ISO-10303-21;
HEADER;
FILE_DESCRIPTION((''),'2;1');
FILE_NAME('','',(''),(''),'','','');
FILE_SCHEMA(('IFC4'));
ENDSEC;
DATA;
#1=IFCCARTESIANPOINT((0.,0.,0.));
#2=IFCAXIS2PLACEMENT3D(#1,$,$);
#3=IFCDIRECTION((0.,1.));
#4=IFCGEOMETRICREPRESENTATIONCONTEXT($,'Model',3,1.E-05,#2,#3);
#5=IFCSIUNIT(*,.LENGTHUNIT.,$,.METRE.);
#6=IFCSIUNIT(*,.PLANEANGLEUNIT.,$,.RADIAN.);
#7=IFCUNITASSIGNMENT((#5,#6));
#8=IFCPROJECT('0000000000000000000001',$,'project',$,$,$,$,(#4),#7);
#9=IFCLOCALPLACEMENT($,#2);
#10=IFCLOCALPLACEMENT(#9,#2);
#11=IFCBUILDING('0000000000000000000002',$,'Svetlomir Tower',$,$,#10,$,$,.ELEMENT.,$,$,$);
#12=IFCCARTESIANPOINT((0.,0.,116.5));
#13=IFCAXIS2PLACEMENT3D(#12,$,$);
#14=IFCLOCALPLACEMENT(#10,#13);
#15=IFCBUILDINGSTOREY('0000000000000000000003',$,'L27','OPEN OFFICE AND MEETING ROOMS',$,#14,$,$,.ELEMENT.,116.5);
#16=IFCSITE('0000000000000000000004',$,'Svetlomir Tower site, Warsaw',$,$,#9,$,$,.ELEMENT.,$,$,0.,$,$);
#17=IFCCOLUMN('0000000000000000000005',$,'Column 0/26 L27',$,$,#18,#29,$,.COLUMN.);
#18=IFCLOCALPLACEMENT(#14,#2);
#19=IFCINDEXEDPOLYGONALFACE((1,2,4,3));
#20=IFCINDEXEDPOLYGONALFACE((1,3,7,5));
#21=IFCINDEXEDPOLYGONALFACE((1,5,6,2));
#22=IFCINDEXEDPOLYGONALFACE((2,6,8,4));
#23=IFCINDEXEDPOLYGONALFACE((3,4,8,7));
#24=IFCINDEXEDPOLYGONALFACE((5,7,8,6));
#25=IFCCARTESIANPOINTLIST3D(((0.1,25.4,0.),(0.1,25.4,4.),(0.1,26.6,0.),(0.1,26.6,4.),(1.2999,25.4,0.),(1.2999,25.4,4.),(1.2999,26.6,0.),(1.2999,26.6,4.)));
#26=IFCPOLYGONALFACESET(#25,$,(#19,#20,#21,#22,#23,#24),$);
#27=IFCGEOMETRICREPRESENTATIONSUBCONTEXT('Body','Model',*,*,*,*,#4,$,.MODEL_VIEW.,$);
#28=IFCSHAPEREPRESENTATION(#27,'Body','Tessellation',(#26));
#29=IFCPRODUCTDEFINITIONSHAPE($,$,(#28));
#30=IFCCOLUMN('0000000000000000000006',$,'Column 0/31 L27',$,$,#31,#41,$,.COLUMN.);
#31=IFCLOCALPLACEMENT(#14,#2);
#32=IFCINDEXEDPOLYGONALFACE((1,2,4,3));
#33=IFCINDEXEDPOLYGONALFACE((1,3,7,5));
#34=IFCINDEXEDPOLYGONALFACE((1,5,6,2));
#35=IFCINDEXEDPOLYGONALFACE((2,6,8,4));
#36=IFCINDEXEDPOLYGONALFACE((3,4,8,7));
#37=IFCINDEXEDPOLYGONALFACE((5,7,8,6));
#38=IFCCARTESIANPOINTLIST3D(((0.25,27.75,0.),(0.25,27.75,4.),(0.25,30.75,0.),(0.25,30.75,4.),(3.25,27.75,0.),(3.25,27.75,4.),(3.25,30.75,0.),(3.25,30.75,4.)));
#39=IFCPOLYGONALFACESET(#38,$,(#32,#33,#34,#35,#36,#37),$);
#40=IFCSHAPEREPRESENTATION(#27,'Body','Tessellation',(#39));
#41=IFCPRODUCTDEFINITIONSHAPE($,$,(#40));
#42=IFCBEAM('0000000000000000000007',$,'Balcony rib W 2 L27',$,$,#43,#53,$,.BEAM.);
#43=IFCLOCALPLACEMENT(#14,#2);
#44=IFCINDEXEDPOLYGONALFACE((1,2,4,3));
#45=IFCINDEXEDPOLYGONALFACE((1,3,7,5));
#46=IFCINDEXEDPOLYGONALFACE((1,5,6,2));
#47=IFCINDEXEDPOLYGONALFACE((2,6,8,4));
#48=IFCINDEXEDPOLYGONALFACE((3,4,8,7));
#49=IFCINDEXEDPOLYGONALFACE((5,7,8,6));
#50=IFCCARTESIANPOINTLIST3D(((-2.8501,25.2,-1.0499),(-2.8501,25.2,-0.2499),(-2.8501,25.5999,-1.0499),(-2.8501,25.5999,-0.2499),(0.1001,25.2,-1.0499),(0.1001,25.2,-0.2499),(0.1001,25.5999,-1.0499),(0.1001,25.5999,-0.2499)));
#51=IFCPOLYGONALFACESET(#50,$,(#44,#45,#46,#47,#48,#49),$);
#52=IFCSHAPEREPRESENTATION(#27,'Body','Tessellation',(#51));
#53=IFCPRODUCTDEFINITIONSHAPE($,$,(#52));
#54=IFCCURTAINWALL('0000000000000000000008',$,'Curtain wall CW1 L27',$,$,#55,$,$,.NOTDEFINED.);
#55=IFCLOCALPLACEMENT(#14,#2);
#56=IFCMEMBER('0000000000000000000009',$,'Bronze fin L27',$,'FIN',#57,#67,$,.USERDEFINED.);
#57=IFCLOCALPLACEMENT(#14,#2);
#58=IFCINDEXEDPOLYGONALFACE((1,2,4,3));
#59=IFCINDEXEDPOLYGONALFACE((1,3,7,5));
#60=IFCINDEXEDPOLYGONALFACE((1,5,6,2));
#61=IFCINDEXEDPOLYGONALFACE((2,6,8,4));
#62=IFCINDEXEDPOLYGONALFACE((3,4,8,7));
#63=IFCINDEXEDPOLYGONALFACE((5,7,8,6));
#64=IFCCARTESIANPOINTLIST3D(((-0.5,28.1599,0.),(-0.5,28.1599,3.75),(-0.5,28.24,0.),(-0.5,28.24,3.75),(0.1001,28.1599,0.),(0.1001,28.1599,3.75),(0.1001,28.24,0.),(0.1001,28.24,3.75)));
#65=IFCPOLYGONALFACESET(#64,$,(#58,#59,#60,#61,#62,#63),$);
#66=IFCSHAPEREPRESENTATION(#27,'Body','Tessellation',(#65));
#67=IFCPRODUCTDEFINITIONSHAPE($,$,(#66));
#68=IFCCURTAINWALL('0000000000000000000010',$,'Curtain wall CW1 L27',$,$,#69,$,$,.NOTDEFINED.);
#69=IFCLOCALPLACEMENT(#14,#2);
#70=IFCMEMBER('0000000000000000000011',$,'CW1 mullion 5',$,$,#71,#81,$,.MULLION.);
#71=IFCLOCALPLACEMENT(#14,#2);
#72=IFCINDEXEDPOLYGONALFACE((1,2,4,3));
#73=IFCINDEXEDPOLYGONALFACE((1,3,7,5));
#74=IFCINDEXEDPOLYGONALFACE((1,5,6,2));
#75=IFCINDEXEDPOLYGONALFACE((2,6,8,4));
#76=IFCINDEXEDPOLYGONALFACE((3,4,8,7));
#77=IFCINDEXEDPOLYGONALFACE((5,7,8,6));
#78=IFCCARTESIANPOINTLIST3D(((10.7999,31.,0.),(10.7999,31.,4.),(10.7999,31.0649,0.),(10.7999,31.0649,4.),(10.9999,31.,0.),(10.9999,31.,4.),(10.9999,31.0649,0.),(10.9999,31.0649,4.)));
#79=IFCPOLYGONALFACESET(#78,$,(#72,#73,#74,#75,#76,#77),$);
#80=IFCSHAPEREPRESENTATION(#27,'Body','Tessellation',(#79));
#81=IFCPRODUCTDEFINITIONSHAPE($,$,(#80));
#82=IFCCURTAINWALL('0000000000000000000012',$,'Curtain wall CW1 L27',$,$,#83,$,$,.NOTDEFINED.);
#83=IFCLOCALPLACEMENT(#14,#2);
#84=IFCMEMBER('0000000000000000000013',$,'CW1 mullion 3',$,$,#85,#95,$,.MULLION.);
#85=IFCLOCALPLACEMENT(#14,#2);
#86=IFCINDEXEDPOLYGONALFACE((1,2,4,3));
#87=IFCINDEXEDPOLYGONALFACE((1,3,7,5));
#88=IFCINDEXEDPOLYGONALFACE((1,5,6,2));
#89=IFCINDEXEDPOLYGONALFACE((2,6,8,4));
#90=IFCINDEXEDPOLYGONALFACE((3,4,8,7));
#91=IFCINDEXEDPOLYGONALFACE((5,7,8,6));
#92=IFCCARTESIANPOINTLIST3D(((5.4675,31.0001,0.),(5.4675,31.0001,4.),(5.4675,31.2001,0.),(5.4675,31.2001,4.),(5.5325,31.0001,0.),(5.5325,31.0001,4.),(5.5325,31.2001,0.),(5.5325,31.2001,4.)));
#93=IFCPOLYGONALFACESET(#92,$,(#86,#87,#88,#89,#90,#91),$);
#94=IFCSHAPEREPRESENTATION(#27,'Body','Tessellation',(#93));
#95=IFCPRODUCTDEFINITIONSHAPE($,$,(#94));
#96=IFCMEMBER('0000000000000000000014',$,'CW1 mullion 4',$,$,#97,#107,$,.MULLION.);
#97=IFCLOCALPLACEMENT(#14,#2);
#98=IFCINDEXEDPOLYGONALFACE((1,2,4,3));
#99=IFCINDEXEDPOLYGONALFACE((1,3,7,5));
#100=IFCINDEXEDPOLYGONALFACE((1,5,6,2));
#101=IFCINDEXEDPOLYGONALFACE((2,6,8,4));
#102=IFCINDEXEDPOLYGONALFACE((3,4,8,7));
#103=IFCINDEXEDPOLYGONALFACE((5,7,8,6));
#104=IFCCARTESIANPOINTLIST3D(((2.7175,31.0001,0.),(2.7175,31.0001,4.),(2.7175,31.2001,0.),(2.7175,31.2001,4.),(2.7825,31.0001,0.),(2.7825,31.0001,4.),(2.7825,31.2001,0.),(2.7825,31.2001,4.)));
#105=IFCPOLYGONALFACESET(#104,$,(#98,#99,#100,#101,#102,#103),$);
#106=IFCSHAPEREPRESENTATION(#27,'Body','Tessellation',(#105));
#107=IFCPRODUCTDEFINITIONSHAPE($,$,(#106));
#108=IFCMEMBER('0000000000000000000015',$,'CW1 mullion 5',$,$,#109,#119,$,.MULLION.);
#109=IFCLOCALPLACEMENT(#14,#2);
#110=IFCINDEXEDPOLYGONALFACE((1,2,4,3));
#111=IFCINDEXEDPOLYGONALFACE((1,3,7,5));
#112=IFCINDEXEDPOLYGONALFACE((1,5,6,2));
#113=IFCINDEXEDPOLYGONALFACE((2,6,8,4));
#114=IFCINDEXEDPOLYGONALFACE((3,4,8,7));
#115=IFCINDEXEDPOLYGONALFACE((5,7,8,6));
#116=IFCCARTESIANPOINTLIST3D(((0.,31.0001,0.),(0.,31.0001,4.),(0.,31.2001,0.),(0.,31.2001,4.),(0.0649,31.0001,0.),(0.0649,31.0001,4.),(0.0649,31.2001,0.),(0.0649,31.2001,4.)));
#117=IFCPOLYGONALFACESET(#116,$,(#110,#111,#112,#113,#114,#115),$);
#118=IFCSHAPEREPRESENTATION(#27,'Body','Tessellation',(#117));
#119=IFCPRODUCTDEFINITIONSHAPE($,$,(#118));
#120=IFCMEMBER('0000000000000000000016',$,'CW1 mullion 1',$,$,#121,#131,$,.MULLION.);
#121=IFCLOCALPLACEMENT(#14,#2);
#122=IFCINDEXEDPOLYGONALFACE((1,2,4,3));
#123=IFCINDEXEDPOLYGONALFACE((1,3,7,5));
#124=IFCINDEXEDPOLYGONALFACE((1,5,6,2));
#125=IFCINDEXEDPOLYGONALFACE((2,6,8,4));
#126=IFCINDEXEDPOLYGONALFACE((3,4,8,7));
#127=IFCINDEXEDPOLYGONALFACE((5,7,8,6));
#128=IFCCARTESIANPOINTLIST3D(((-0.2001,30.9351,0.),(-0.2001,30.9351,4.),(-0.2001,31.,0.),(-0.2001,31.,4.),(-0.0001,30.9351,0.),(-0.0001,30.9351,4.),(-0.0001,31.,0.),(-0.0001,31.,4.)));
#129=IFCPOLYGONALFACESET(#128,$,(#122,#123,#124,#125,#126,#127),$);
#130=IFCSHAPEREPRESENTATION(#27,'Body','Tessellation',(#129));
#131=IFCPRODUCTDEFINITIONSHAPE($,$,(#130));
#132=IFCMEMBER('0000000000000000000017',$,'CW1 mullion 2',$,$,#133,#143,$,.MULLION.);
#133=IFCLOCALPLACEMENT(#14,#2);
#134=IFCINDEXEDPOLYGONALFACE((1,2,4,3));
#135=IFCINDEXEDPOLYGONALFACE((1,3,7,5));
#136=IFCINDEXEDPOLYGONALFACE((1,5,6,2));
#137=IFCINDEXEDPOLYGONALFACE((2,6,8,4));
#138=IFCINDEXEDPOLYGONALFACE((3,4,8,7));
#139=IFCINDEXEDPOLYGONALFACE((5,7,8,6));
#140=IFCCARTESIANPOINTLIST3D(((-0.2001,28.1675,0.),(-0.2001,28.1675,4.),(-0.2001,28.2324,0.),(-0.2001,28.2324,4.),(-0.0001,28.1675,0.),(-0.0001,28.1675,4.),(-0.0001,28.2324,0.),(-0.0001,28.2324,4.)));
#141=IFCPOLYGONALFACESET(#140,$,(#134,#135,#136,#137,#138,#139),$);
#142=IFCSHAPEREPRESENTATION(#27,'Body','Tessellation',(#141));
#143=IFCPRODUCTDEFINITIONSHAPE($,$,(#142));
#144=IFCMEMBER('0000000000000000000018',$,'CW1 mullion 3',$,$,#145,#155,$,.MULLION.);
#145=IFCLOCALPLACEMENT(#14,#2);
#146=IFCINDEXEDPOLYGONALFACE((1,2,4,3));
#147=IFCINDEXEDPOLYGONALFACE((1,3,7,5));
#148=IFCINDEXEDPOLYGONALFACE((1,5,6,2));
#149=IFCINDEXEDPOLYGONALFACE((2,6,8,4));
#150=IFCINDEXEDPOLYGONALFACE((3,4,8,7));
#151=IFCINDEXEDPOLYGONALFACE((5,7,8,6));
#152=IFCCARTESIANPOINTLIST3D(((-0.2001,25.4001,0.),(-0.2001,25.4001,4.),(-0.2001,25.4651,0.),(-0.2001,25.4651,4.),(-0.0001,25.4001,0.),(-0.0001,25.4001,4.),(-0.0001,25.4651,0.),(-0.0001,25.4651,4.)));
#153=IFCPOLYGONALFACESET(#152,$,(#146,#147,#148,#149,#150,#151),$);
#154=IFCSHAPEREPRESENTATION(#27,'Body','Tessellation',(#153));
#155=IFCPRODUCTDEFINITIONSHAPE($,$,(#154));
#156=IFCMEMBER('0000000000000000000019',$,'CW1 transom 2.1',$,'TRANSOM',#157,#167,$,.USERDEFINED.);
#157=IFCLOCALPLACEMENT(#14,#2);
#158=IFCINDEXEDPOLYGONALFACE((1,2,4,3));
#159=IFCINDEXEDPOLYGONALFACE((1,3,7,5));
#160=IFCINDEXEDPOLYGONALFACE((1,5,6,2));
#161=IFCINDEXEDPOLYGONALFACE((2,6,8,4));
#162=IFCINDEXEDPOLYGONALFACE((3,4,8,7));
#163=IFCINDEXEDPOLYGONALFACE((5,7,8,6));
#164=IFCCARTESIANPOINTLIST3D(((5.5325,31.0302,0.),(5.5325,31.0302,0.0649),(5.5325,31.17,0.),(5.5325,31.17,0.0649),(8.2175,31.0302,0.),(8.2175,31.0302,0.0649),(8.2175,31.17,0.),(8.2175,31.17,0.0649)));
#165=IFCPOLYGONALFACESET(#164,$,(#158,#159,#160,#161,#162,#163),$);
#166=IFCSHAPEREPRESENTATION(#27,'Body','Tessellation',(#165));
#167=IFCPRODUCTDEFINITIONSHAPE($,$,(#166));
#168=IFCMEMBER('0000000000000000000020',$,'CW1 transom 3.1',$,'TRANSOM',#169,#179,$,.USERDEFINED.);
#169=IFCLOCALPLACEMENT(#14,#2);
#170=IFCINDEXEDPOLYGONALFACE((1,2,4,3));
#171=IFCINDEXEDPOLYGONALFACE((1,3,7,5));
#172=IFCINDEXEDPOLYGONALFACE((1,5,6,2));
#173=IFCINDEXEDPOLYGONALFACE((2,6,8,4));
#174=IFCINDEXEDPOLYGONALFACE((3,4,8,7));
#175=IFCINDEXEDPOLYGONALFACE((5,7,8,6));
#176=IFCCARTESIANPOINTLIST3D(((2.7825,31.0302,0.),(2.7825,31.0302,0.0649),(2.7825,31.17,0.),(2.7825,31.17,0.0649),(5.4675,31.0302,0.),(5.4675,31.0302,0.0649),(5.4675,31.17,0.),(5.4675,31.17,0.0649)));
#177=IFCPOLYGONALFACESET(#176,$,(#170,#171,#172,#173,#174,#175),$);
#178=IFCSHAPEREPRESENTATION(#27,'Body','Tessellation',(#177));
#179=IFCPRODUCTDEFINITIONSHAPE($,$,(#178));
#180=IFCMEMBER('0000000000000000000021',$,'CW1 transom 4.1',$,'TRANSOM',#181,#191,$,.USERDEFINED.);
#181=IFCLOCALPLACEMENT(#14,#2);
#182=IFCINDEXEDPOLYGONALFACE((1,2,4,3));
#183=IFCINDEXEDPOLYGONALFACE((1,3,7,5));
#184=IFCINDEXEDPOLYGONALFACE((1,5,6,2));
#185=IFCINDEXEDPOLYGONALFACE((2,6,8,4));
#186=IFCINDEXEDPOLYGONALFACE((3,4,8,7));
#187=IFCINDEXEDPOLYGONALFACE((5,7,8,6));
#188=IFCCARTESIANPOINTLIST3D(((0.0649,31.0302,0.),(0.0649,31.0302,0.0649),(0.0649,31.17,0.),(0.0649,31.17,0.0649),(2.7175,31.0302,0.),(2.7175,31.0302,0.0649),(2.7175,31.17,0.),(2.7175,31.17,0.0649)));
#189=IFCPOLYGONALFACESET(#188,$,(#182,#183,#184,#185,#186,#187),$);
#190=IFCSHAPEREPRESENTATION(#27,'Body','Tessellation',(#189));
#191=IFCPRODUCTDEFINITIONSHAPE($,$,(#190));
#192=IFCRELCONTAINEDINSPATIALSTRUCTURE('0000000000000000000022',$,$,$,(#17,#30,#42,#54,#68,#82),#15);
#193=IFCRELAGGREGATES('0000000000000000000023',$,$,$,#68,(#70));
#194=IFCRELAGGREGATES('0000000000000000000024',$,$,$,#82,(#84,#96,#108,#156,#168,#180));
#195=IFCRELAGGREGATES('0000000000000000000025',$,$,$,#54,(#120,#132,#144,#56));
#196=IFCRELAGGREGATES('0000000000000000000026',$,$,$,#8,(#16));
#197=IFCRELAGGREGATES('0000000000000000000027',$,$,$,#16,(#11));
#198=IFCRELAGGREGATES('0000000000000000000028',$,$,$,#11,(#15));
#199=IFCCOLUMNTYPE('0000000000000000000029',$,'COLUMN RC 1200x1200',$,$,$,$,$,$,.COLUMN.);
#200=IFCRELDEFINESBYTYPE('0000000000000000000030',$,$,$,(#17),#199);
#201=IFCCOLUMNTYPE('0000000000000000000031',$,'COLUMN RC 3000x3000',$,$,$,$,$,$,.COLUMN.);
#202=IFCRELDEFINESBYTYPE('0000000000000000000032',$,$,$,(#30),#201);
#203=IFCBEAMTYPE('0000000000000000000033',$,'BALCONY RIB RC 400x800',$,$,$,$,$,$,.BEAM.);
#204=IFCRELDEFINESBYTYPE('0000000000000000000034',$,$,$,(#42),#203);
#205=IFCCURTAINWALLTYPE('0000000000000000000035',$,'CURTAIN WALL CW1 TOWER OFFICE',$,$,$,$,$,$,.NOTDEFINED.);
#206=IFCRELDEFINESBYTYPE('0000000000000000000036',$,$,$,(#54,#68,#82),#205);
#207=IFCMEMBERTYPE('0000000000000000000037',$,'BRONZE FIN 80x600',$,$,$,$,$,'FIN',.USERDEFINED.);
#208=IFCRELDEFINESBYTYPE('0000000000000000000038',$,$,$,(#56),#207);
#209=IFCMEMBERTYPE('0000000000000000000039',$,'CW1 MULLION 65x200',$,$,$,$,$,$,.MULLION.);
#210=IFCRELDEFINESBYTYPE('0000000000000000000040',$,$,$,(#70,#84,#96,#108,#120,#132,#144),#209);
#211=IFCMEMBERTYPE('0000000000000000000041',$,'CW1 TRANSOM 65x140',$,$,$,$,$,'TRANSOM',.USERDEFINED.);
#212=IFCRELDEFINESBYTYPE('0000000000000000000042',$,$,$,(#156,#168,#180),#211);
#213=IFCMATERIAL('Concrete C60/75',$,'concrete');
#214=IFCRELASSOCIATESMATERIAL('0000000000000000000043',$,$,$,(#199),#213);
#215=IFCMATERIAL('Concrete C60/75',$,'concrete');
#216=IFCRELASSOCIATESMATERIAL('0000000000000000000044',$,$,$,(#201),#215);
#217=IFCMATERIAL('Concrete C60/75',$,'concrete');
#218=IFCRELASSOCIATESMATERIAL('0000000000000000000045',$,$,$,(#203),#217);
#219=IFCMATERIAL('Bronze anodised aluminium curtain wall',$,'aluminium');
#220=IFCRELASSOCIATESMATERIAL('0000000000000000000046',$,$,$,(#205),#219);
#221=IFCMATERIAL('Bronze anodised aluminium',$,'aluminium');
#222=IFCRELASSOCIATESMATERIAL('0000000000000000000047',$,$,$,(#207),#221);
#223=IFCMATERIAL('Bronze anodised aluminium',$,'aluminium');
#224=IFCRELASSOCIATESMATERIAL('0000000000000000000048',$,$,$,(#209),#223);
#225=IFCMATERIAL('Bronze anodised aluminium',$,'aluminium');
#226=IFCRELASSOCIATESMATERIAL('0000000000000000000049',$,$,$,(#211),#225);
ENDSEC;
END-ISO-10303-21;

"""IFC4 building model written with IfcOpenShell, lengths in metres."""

from ifc_helpers import new_model, si_unit, direction, frame, origin, origin_2d, place, context, subcontext, project, spatial, rectangle, extrude, material, material_profile, profile_set, type_object, element, aggregate, save


model = new_model("IFC4")

# Units and contexts
model_context = context("Model", 3, precision=1e-05, world=origin(), true_north=direction((0.0, 1.0)))
body_context = subcontext(model_context, "Body", "Model", "MODEL_VIEW")
ifc_project = project(units=[si_unit("LENGTHUNIT", "METRE"), si_unit("PLANEANGLEUNIT", "RADIAN")], contexts=[model_context])

# Site, building, storey
site_placement = place(None, origin())
site = spatial("IfcSite", under=ifc_project, at=site_placement, Name="Svetlomir Tower site, Warsaw", CompositionType="ELEMENT", RefElevation=0.0)
building_placement = place(site_placement, origin())
building = spatial("IfcBuilding", under=site, at=building_placement, Name="Svetlomir Tower", CompositionType="ELEMENT")
storey_placement = place(building_placement, frame((0.0, 0.0, 116.5)))
storey = spatial("IfcBuildingStorey", under=building, at=storey_placement, Name="L27", Description="OPEN OFFICE AND MEETING ROOMS", CompositionType="ELEMENT", Elevation=116.5)

# Columns
ifc_material_1 = material(Name="Concrete C60/75", Category="concrete")
ifc_material_profile_1 = material_profile(ifc_material_1, rectangle(XDim=1.2, YDim=1.2, at=origin_2d()), Name="RC 1200x1200")
ifc_profile_set_1 = profile_set([ifc_material_profile_1], Name="Concrete C60/75")
column_type_1 = type_object("IfcColumnType", Name="COLUMN RC 1200x1200", PredefinedType="COLUMN", material=ifc_profile_set_1)
column_1_placement = place(storey_placement, frame((0.7, 26.0, 0.0), z_axis=(0.0, 0.0, 1.0), x_axis=(1.0, 0.0, 0.0)))
element("IfcColumn", 1, at=column_1_placement, inside=storey, type_object=column_type_1, Name="Column 0/26 L27", PredefinedType="COLUMN", context=body_context, shape_type="SweptSolid", body=[
    extrude(rectangle(XDim=1.2, YDim=1.2, at=origin_2d()), origin(), (0.0, 0.0, 1.0), 4.0),
])
ifc_material_2 = material(Name="Concrete C60/75", Category="concrete")
ifc_material_profile_2 = material_profile(ifc_material_2, rectangle(XDim=3.0, YDim=3.0, at=origin_2d()), Name="RC 3000x3000")
ifc_profile_set_2 = profile_set([ifc_material_profile_2], Name="Concrete C60/75")
column_type_2 = type_object("IfcColumnType", Name="COLUMN RC 3000x3000", PredefinedType="COLUMN", material=ifc_profile_set_2)
column_2_placement = place(storey_placement, frame((1.75, 29.25, 0.0), z_axis=(0.0, 0.0, 1.0), x_axis=(1.0, 0.0, 0.0)))
element("IfcColumn", 2, at=column_2_placement, inside=storey, type_object=column_type_2, Name="Column 0/31 L27", PredefinedType="COLUMN", context=body_context, shape_type="SweptSolid", body=[
    extrude(rectangle(XDim=3.0, YDim=3.0, at=origin_2d()), origin(), (0.0, 0.0, 1.0), 4.0),
])

# Beam
ifc_material_3 = material(Name="Concrete C60/75", Category="concrete")
ifc_material_profile_3 = material_profile(ifc_material_3, rectangle(XDim=0.3999, YDim=0.8, at=origin_2d()), Name="RC 400x800")
ifc_profile_set_3 = profile_set([ifc_material_profile_3], Name="Concrete C60/75")
beam_type_1 = type_object("IfcBeamType", Name="BALCONY RIB RC 400x800", PredefinedType="BEAM", material=ifc_profile_set_3)
beam_1_placement = place(storey_placement, frame((0.1001, 25.3999, -0.6499), z_axis=(-1.0, 0.0, 0.0), x_axis=(0.0, -1.0, 0.0)))
element("IfcBeam", 3, at=beam_1_placement, inside=storey, type_object=beam_type_1, Name="Balcony rib W 2 L27", PredefinedType="BEAM", context=body_context, shape_type="SweptSolid", body=[
    extrude(rectangle(XDim=0.3999, YDim=0.8, at=origin_2d()), origin(), (0.0, 0.0, 1.0), 2.9502),
])

# Curtain walls, members
ifc_material_4 = material(Name="Bronze anodised aluminium curtain wall", Category="aluminium")
curtain_wall_type = type_object("IfcCurtainWallType", Name="CURTAIN WALL CW1 TOWER OFFICE", PredefinedType="NOTDEFINED", material=ifc_material_4)
curtain_wall_1_placement = place(storey_placement, origin())
curtain_wall_1 = element("IfcCurtainWall", 4, at=curtain_wall_1_placement, inside=storey, type_object=curtain_wall_type, Name="Curtain wall CW1 L27", PredefinedType="NOTDEFINED")
ifc_material_5 = material(Name="Bronze anodised aluminium", Category="aluminium")
ifc_material_profile_4 = material_profile(ifc_material_5, rectangle(XDim=0.0801, YDim=0.6001, at=origin_2d()), Name="FIN 80x600")
ifc_profile_set_4 = profile_set([ifc_material_profile_4], Name="Bronze anodised aluminium 6063-T6")
member_type_1 = type_object("IfcMemberType", Name="BRONZE FIN 80x600", ElementType="FIN", PredefinedType="USERDEFINED", material=ifc_profile_set_4)
member_1_placement = place(storey_placement, frame((-0.2, 28.2, 0.0), z_axis=(0.0, 0.0, 1.0), x_axis=(0.0, 1.0, 0.0)))
member_1 = element("IfcMember", 5, at=member_1_placement, type_object=member_type_1, Name="Bronze fin L27", ObjectType="FIN", PredefinedType="USERDEFINED", context=body_context, shape_type="SweptSolid", body=[
    extrude(rectangle(XDim=0.0801, YDim=0.6001, at=origin_2d()), origin(), (0.0, 0.0, 1.0), 3.75),
])
curtain_wall_2_placement = place(storey_placement, origin())
curtain_wall_2 = element("IfcCurtainWall", 6, at=curtain_wall_2_placement, inside=storey, type_object=curtain_wall_type, Name="Curtain wall CW1 L27", PredefinedType="NOTDEFINED")
ifc_material_6 = material(Name="Bronze anodised aluminium", Category="aluminium")
ifc_material_profile_5 = material_profile(ifc_material_6, rectangle(XDim=0.0649, YDim=0.2, at=origin_2d()), Name="AL 65x200")
ifc_profile_set_5 = profile_set([ifc_material_profile_5], Name="Bronze anodised aluminium 6063-T6")
member_type_2 = type_object("IfcMemberType", Name="CW1 MULLION 65x200", PredefinedType="MULLION", material=ifc_profile_set_5)
member_2_placement = place(storey_placement, frame((10.8999, 31.0325, 0.0), z_axis=(0.0, 0.0, 1.0), x_axis=(0.0, -1.0, 0.0)))
member_2 = element("IfcMember", 7, at=member_2_placement, type_object=member_type_2, Name="CW1 mullion 5", PredefinedType="MULLION", context=body_context, shape_type="SweptSolid", body=[
    extrude(rectangle(XDim=0.0649, YDim=0.2, at=origin_2d()), origin(), (0.0, 0.0, 1.0), 4.0),
])
aggregate(curtain_wall_2, [member_2])

# Curtain wall, members
curtain_wall_3_placement = place(storey_placement, origin())
curtain_wall_3 = element("IfcCurtainWall", 8, at=curtain_wall_3_placement, inside=storey, type_object=curtain_wall_type, Name="Curtain wall CW1 L27", PredefinedType="NOTDEFINED")
member_3_placement = place(storey_placement, frame((5.5, 31.1001, 0.0), z_axis=(0.0, 0.0, 1.0), x_axis=(-1.0, 0.0, 0.0)))
member_3 = element("IfcMember", 9, at=member_3_placement, type_object=member_type_2, Name="CW1 mullion 3", PredefinedType="MULLION", context=body_context, shape_type="SweptSolid", body=[
    extrude(rectangle(XDim=0.0649, YDim=0.2, at=origin_2d()), origin(), (0.0, 0.0, 1.0), 4.0),
])
member_4_placement = place(storey_placement, frame((2.75, 31.1001, 0.0), z_axis=(0.0, 0.0, 1.0), x_axis=(-1.0, 0.0, 0.0)))
member_4 = element("IfcMember", 10, at=member_4_placement, type_object=member_type_2, Name="CW1 mullion 4", PredefinedType="MULLION", context=body_context, shape_type="SweptSolid", body=[
    extrude(rectangle(XDim=0.0649, YDim=0.2, at=origin_2d()), origin(), (0.0, 0.0, 1.0), 4.0),
])
member_5_placement = place(storey_placement, frame((0.0325, 31.1001, 0.0), z_axis=(0.0, 0.0, 1.0), x_axis=(-1.0, 0.0, 0.0)))
member_5 = element("IfcMember", 11, at=member_5_placement, type_object=member_type_2, Name="CW1 mullion 5", PredefinedType="MULLION", context=body_context, shape_type="SweptSolid", body=[
    extrude(rectangle(XDim=0.0649, YDim=0.2, at=origin_2d()), origin(), (0.0, 0.0, 1.0), 4.0),
])

# Members
member_6_placement = place(storey_placement, frame((-0.1001, 30.9675, 0.0), z_axis=(0.0, 0.0, 1.0), x_axis=(0.0, -1.0, 0.0)))
member_6 = element("IfcMember", 12, at=member_6_placement, type_object=member_type_2, Name="CW1 mullion 1", PredefinedType="MULLION", context=body_context, shape_type="SweptSolid", body=[
    extrude(rectangle(XDim=0.0649, YDim=0.2, at=origin_2d()), origin(), (0.0, 0.0, 1.0), 4.0),
])
member_7_placement = place(storey_placement, frame((-0.1001, 28.2, 0.0), z_axis=(0.0, 0.0, 1.0), x_axis=(0.0, -1.0, 0.0)))
member_7 = element("IfcMember", 13, at=member_7_placement, type_object=member_type_2, Name="CW1 mullion 2", PredefinedType="MULLION", context=body_context, shape_type="SweptSolid", body=[
    extrude(rectangle(XDim=0.0649, YDim=0.2, at=origin_2d()), origin(), (0.0, 0.0, 1.0), 4.0),
])
member_8_placement = place(storey_placement, frame((-0.1001, 25.4326, 0.0), z_axis=(0.0, 0.0, 1.0), x_axis=(0.0, -1.0, 0.0)))
member_8 = element("IfcMember", 14, at=member_8_placement, type_object=member_type_2, Name="CW1 mullion 3", PredefinedType="MULLION", context=body_context, shape_type="SweptSolid", body=[
    extrude(rectangle(XDim=0.0649, YDim=0.2, at=origin_2d()), origin(), (0.0, 0.0, 1.0), 4.0),
])
ifc_material_7 = material(Name="Bronze anodised aluminium", Category="aluminium")
ifc_material_profile_6 = material_profile(ifc_material_7, rectangle(XDim=0.1399, YDim=0.0649, at=origin_2d()), Name="AL 140x65")
ifc_profile_set_6 = profile_set([ifc_material_profile_6], Name="Bronze anodised aluminium 6063-T6")
member_type_3 = type_object("IfcMemberType", Name="CW1 TRANSOM 65x140", ElementType="TRANSOM", PredefinedType="USERDEFINED", material=ifc_profile_set_6)
member_9_placement = place(storey_placement, frame((8.2175, 31.1001, 0.0325), z_axis=(-1.0, 0.0, 0.0), x_axis=(0.0, -1.0, 0.0)))
member_9 = element("IfcMember", 15, at=member_9_placement, type_object=member_type_3, Name="CW1 transom 2.1", ObjectType="TRANSOM", PredefinedType="USERDEFINED", context=body_context, shape_type="SweptSolid", body=[
    extrude(rectangle(XDim=0.1399, YDim=0.0649, at=origin_2d()), origin(), (0.0, 0.0, 1.0), 2.6851),
])
member_10_placement = place(storey_placement, frame((5.4675, 31.1001, 0.0325), z_axis=(-1.0, 0.0, 0.0), x_axis=(0.0, -1.0, 0.0)))
member_10 = element("IfcMember", 16, at=member_10_placement, type_object=member_type_3, Name="CW1 transom 3.1", ObjectType="TRANSOM", PredefinedType="USERDEFINED", context=body_context, shape_type="SweptSolid", body=[
    extrude(rectangle(XDim=0.1399, YDim=0.0649, at=origin_2d()), origin(), (0.0, 0.0, 1.0), 2.6851),
])
member_11_placement = place(storey_placement, frame((2.7175, 31.1001, 0.0325), z_axis=(-1.0, 0.0, 0.0), x_axis=(0.0, -1.0, 0.0)))
member_11 = element("IfcMember", 17, at=member_11_placement, type_object=member_type_3, Name="CW1 transom 4.1", ObjectType="TRANSOM", PredefinedType="USERDEFINED", context=body_context, shape_type="SweptSolid", body=[
    extrude(rectangle(XDim=0.1399, YDim=0.0649, at=origin_2d()), origin(), (0.0, 0.0, 1.0), 2.6526),
])

aggregate(curtain_wall_3, [member_3, member_4, member_5, member_9, member_10, member_11])
aggregate(curtain_wall_1, [member_6, member_7, member_8, member_1])

save(model, "model.ifc")
